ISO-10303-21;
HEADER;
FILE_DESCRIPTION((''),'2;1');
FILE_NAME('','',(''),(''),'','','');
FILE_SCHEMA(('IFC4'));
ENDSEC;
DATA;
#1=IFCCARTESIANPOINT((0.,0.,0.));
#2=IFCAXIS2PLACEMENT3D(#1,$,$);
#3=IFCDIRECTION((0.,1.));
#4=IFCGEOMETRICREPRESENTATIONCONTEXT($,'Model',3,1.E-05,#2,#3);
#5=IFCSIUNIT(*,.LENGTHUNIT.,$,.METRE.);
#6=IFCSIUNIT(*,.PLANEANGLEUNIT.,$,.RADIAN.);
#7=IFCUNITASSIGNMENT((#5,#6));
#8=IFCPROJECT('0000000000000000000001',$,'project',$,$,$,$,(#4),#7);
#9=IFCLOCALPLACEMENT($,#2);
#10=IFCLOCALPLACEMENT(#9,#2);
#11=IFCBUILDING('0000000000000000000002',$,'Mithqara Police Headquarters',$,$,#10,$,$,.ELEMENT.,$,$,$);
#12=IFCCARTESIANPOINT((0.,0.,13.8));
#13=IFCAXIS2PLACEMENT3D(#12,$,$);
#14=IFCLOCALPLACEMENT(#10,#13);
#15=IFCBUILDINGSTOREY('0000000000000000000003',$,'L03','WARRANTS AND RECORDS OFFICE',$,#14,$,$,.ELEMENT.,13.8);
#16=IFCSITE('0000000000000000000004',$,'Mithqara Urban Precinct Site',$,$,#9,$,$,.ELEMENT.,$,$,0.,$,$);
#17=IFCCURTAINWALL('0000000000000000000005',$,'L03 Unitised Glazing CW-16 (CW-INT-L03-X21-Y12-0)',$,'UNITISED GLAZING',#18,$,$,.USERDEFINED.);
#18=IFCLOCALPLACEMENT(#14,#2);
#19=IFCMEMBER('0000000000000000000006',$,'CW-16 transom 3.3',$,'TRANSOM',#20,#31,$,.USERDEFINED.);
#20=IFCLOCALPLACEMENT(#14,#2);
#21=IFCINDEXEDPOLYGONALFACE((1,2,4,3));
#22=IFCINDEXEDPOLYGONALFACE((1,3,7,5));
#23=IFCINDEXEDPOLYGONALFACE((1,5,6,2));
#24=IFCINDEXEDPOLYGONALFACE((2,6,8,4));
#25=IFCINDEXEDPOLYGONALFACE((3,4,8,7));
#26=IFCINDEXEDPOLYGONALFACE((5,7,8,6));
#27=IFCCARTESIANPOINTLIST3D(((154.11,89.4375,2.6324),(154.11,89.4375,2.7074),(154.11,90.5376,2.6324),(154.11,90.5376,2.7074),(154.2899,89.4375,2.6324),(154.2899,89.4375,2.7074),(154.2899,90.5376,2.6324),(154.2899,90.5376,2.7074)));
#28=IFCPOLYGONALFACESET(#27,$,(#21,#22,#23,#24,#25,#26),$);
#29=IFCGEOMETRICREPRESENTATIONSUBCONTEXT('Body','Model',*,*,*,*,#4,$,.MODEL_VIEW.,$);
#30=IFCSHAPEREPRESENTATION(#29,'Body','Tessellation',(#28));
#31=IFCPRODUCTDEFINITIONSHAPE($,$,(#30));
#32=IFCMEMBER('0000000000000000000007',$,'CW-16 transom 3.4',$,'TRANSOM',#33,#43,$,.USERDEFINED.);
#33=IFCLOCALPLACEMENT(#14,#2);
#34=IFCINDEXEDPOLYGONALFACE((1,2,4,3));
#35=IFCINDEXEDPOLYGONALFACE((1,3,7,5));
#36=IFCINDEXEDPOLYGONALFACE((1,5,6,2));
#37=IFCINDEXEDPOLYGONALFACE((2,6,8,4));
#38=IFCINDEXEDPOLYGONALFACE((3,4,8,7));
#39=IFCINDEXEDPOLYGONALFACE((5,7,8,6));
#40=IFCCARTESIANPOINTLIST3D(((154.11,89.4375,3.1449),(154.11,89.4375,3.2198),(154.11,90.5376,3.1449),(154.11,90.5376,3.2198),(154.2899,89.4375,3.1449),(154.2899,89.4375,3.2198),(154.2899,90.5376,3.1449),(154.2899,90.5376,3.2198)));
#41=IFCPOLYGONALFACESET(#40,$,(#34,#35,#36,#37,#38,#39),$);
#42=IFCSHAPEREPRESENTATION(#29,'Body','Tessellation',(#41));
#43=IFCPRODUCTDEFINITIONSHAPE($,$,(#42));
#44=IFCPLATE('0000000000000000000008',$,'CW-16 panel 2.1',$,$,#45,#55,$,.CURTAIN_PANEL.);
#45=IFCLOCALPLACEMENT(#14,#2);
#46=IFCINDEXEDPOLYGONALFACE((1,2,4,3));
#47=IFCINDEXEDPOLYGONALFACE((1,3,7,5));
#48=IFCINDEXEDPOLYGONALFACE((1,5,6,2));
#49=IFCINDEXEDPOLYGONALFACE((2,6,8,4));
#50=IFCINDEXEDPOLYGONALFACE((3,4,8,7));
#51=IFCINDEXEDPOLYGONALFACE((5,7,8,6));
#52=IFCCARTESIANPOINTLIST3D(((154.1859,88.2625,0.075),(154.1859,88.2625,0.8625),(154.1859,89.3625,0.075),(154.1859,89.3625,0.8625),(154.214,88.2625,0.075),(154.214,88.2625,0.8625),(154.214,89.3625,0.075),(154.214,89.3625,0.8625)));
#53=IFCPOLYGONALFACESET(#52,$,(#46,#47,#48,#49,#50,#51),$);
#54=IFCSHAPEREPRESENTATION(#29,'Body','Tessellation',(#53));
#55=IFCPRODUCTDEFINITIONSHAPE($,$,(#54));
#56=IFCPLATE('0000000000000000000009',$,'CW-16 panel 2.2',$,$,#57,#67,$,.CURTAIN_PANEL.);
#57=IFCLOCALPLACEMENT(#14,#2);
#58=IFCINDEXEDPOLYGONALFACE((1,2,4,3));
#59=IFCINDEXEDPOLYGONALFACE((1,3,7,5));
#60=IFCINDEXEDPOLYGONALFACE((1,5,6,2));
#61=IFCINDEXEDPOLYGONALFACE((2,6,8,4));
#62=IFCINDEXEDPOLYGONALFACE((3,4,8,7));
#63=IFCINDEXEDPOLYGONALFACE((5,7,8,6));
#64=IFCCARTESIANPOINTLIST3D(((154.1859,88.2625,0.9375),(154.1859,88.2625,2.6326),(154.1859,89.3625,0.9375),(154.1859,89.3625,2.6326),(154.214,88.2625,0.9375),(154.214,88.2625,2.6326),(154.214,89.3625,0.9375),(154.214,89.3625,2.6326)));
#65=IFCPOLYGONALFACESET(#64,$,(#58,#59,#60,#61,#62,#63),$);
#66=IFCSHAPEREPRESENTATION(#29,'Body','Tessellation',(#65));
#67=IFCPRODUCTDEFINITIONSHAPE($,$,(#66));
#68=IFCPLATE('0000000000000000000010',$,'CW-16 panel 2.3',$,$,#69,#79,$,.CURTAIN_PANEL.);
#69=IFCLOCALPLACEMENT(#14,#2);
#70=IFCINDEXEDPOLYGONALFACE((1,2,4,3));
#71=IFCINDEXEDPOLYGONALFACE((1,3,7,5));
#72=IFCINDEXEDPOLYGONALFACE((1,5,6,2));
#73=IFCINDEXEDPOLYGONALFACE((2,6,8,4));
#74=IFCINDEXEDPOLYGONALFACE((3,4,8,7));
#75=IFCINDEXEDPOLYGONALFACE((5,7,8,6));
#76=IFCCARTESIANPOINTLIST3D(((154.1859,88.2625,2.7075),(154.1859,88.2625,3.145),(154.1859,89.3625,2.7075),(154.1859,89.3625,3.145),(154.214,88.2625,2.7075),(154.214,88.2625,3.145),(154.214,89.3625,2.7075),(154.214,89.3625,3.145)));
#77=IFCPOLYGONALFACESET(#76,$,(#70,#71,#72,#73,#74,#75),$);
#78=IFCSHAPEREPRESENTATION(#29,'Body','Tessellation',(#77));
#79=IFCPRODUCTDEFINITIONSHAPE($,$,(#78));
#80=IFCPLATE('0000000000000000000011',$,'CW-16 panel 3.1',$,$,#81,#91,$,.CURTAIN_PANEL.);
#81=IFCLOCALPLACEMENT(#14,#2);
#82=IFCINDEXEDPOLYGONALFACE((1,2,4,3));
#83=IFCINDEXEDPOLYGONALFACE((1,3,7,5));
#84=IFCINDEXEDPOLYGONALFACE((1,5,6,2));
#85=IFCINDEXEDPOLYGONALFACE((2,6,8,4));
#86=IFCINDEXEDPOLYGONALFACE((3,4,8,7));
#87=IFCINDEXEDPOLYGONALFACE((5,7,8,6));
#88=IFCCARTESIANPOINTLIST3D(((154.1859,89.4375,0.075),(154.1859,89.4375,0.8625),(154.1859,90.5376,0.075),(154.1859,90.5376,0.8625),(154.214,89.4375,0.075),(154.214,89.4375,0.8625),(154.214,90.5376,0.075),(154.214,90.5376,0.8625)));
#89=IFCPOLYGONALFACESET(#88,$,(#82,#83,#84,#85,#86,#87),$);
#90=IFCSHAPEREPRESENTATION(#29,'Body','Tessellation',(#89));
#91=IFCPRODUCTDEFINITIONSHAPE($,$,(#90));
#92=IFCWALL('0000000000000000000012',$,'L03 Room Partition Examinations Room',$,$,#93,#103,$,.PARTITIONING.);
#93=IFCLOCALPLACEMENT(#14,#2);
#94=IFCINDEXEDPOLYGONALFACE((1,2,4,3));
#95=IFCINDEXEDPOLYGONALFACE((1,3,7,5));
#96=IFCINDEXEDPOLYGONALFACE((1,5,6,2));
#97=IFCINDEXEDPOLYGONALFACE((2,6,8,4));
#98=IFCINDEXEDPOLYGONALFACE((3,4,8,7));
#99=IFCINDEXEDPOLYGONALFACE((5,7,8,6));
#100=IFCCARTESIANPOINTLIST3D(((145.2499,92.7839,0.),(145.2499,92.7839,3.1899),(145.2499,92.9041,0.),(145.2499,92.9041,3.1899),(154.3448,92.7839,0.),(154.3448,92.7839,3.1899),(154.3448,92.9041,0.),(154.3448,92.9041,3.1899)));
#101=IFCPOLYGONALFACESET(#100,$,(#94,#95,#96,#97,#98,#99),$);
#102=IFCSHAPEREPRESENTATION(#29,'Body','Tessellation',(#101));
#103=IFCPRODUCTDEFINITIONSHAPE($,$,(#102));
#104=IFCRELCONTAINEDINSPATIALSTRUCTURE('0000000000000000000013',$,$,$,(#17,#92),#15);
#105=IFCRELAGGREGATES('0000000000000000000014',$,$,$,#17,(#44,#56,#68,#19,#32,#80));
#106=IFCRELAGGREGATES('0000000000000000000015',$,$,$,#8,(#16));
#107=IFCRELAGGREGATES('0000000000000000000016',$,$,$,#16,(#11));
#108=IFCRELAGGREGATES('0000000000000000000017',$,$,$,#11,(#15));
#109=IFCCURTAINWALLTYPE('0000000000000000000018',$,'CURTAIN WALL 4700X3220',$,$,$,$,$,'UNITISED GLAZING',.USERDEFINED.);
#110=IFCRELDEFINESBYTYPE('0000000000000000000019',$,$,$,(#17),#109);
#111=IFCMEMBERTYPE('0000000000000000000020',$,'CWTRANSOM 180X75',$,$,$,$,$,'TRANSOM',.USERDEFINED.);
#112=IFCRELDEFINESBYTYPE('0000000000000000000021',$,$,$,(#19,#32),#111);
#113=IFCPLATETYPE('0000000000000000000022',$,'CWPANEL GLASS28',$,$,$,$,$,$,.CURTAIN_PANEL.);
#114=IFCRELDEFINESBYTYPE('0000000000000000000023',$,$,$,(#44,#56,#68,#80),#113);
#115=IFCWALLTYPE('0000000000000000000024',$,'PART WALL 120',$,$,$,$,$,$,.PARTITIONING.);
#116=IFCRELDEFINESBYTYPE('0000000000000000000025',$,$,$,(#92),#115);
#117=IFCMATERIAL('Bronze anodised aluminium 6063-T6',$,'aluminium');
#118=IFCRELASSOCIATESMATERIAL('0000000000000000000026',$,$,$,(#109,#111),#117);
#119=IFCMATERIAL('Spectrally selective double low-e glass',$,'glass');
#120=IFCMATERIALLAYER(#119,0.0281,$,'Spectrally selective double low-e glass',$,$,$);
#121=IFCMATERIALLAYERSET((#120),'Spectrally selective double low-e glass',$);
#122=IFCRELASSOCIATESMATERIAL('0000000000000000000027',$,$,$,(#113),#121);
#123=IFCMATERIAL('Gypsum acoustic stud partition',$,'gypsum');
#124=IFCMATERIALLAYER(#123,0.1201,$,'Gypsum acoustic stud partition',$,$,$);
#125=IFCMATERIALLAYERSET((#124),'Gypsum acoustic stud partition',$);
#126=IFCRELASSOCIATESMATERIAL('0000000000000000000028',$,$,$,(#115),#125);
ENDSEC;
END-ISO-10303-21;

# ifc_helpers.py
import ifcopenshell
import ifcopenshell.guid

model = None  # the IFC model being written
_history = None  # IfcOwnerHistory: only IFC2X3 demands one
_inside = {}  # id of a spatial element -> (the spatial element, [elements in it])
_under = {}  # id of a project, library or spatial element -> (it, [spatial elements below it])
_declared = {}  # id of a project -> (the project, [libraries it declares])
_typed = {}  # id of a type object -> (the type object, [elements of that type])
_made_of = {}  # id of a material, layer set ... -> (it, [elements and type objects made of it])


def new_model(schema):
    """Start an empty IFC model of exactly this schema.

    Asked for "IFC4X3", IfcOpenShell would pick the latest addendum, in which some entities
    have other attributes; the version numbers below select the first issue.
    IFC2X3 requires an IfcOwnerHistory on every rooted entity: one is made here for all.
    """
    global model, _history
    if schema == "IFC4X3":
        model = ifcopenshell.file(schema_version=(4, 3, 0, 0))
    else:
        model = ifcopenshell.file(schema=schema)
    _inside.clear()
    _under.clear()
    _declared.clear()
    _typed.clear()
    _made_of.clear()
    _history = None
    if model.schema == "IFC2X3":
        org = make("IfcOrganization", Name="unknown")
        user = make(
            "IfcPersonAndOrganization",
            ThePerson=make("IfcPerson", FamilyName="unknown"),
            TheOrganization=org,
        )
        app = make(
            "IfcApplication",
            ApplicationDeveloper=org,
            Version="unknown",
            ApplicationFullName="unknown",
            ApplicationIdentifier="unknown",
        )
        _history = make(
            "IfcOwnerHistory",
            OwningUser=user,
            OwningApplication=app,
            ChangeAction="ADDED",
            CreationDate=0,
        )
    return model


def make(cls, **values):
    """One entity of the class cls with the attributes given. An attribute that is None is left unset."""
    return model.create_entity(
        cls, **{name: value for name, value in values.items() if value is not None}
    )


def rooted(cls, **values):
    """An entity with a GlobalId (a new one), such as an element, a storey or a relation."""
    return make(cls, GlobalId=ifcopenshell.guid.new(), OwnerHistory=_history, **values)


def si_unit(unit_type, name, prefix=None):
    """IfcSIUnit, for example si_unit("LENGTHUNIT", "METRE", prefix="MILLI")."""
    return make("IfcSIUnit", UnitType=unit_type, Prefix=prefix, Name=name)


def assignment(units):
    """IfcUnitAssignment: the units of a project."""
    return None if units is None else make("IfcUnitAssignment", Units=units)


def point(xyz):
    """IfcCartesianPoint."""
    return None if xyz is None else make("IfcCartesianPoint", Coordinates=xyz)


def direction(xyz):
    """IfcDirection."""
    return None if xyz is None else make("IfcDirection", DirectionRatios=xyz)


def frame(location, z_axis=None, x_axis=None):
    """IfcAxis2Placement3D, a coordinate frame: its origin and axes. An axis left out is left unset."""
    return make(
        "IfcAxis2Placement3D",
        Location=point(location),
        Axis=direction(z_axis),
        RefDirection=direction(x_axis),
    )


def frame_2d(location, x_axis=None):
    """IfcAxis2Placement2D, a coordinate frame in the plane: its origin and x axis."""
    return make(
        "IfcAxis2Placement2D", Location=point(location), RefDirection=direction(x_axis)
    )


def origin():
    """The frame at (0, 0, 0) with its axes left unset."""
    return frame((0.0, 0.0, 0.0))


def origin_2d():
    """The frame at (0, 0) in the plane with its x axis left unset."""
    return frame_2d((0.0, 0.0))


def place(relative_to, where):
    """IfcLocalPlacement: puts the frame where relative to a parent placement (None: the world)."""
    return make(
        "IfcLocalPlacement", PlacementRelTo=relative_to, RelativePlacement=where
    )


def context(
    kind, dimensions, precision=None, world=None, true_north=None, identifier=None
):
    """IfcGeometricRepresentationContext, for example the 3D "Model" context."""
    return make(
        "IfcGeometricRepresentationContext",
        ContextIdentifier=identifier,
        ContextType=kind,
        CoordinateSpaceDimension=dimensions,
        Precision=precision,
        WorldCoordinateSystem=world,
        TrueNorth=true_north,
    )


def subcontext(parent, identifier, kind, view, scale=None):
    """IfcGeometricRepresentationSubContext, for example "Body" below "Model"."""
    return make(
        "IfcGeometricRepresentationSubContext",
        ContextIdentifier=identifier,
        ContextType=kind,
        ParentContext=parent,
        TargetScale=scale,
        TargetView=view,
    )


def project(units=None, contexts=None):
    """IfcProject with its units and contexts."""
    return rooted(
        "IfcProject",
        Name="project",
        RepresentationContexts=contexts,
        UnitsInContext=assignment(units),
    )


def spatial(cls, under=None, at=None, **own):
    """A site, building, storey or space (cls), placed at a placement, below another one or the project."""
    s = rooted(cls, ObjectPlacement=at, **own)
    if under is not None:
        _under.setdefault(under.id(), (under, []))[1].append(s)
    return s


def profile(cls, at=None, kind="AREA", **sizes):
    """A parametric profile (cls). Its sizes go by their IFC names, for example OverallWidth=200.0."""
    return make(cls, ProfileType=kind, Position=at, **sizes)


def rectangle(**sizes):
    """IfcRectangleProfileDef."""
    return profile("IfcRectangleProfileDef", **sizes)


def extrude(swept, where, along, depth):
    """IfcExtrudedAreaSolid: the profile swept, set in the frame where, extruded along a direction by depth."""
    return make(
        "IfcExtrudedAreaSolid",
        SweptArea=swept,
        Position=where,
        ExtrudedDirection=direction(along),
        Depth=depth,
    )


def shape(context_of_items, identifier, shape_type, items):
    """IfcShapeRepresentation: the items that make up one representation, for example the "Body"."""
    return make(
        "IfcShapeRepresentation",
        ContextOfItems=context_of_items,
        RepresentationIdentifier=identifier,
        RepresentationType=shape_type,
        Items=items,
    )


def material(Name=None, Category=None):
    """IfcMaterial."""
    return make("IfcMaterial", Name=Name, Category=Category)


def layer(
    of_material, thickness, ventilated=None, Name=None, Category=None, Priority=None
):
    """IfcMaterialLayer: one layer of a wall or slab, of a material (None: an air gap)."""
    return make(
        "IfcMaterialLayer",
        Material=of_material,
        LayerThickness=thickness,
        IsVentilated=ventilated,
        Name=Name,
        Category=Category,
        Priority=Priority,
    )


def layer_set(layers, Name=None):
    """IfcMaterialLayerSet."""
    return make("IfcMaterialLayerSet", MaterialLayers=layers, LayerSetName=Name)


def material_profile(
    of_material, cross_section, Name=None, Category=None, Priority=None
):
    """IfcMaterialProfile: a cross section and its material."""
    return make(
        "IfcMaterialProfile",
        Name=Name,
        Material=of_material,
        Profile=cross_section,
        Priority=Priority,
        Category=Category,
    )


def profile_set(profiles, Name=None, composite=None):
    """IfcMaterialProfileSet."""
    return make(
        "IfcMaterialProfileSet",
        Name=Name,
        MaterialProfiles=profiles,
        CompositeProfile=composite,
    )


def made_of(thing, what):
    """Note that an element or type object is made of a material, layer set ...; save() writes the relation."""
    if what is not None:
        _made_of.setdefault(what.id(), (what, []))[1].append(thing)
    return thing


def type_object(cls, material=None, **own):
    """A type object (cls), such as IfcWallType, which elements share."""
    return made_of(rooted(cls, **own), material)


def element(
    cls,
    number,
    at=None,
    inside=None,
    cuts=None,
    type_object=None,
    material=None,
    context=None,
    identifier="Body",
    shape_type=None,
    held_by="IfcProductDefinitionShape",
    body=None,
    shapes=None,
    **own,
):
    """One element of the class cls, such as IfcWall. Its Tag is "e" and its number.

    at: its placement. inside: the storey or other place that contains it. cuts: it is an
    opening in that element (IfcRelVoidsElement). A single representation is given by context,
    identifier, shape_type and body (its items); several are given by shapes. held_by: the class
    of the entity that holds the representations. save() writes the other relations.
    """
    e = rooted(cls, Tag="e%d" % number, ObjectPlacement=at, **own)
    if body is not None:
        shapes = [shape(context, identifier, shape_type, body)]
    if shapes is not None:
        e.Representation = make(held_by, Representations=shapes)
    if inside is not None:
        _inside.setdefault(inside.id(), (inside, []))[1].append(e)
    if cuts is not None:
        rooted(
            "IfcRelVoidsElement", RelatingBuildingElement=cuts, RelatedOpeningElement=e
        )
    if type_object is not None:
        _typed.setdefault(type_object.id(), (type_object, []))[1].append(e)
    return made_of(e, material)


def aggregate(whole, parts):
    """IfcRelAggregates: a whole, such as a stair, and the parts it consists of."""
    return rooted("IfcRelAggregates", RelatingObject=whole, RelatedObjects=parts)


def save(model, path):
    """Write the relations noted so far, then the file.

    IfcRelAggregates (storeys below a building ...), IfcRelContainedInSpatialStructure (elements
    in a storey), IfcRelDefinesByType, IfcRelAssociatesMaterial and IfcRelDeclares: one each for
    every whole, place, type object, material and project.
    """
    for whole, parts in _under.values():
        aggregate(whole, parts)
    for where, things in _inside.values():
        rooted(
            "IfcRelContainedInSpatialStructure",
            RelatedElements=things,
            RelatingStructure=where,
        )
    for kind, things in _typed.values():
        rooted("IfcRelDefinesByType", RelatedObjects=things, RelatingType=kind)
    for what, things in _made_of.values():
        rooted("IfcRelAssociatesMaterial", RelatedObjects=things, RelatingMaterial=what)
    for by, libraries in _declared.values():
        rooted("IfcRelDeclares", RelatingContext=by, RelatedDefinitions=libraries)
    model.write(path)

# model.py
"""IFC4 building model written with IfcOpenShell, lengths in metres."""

from ifc_helpers import new_model, si_unit, direction, frame, frame_2d, origin, origin_2d, place, context, subcontext, project, spatial, rectangle, extrude, material, layer, layer_set, material_profile, profile_set, type_object, element, aggregate, save


model = new_model("IFC4")

# Units and contexts
model_context = context("Model", 3, precision=1e-05, world=origin(), true_north=direction((0.0, 1.0)))
body_context = subcontext(model_context, "Body", "Model", "MODEL_VIEW")
ifc_project = project(units=[si_unit("LENGTHUNIT", "METRE"), si_unit("PLANEANGLEUNIT", "RADIAN")], contexts=[model_context])

# Site, building, storey
site_placement = place(None, origin())
site = spatial("IfcSite", under=ifc_project, at=site_placement, Name="Mithqara Urban Precinct Site", CompositionType="ELEMENT", RefElevation=0.0)
building_placement = place(site_placement, origin())
building = spatial("IfcBuilding", under=site, at=building_placement, Name="Mithqara Police Headquarters", CompositionType="ELEMENT")
storey_placement = place(building_placement, frame((0.0, 0.0, 13.8)))
storey = spatial("IfcBuildingStorey", under=building, at=storey_placement, Name="L03", Description="WARRANTS AND RECORDS OFFICE", CompositionType="ELEMENT", Elevation=13.8)

# Curtain wall, members, plates
ifc_material_1 = material(Name="Bronze anodised aluminium 6063-T6", Category="aluminium")
curtain_wall_type = type_object("IfcCurtainWallType", Name="CURTAIN WALL 4700X3220", ElementType="UNITISED GLAZING", PredefinedType="USERDEFINED", material=ifc_material_1)
curtain_wall_placement = place(storey_placement, origin())
curtain_wall = element("IfcCurtainWall", 1, at=curtain_wall_placement, inside=storey, type_object=curtain_wall_type, Name="L03 Unitised Glazing CW-16 (CW-INT-L03-X21-Y12-0)", ObjectType="UNITISED GLAZING", PredefinedType="USERDEFINED")
ifc_material_profile_1 = material_profile(ifc_material_1, rectangle(XDim=0.1799, YDim=0.075, at=origin_2d()), Name="CWT 180x75")
ifc_profile_set_1 = profile_set([ifc_material_profile_1], Name="Bronze anodised aluminium 6063-T6")
member_type_1 = type_object("IfcMemberType", Name="CWTRANSOM 180X75", ElementType="TRANSOM", PredefinedType="USERDEFINED", material=ifc_profile_set_1)
member_1_placement = place(storey_placement, frame((154.2, 89.4375, 2.6699), z_axis=(0.0, 1.0, 0.0), x_axis=(-1.0, 0.0, 0.0)))
member_1 = element("IfcMember", 2, at=member_1_placement, type_object=member_type_1, Name="CW-16 transom 3.3", ObjectType="TRANSOM", PredefinedType="USERDEFINED", context=body_context, shape_type="SweptSolid", body=[
    extrude(rectangle(XDim=0.1799, YDim=0.075, at=origin_2d()), origin(), (0.0, 0.0, 1.0), 1.1001),
])
member_2_placement = place(storey_placement, frame((154.2, 89.4375, 3.1824), z_axis=(0.0, 1.0, 0.0), x_axis=(-1.0, 0.0, 0.0)))
member_2 = element("IfcMember", 3, at=member_2_placement, type_object=member_type_1, Name="CW-16 transom 3.4", ObjectType="TRANSOM", PredefinedType="USERDEFINED", context=body_context, shape_type="SweptSolid", body=[
    extrude(rectangle(XDim=0.1799, YDim=0.075, at=origin_2d()), origin(), (0.0, 0.0, 1.0), 1.1001),
])
ifc_material_2 = material(Name="Spectrally selective double low-e glass", Category="glass")
ifc_layer_1 = layer(ifc_material_2, 0.0281, Name="Spectrally selective double low-e glass")
ifc_layer_set_1 = layer_set([ifc_layer_1], Name="Spectrally selective double low-e glass")
plate_type = type_object("IfcPlateType", Name="CWPANEL GLASS28", PredefinedType="CURTAIN_PANEL", material=ifc_layer_set_1)
plate_1_placement = place(storey_placement, frame((154.2, 88.8125, 0.075), z_axis=(0.0, 0.0, 1.0), x_axis=(0.0, 1.0, 0.0)))
plate_1 = element("IfcPlate", 4, at=plate_1_placement, type_object=plate_type, Name="CW-16 panel 2.1", PredefinedType="CURTAIN_PANEL", context=body_context, shape_type="SweptSolid", body=[
    extrude(rectangle(XDim=1.1001, YDim=0.0281, at=origin_2d()), origin(), (0.0, 0.0, 1.0), 0.7876),
])
plate_2_placement = place(storey_placement, frame((154.2, 88.8125, 0.9375), z_axis=(0.0, 0.0, 1.0), x_axis=(0.0, 1.0, 0.0)))
plate_2 = element("IfcPlate", 5, at=plate_2_placement, type_object=plate_type, Name="CW-16 panel 2.2", PredefinedType="CURTAIN_PANEL", context=body_context, shape_type="SweptSolid", body=[
    extrude(rectangle(XDim=1.1001, YDim=0.0281, at=origin_2d()), origin(), (0.0, 0.0, 1.0), 1.6951),
])
plate_3_placement = place(storey_placement, frame((154.2, 88.8125, 2.7075), z_axis=(0.0, 0.0, 1.0), x_axis=(0.0, 1.0, 0.0)))
plate_3 = element("IfcPlate", 6, at=plate_3_placement, type_object=plate_type, Name="CW-16 panel 2.3", PredefinedType="CURTAIN_PANEL", context=body_context, shape_type="SweptSolid", body=[
    extrude(rectangle(XDim=1.1001, YDim=0.0281, at=origin_2d()), origin(), (0.0, 0.0, 1.0), 0.4375),
])
plate_4_placement = place(storey_placement, frame((154.2, 89.9875, 0.075), z_axis=(0.0, 0.0, 1.0), x_axis=(0.0, 1.0, 0.0)))
plate_4 = element("IfcPlate", 7, at=plate_4_placement, type_object=plate_type, Name="CW-16 panel 3.1", PredefinedType="CURTAIN_PANEL", context=body_context, shape_type="SweptSolid", body=[
    extrude(rectangle(XDim=1.1001, YDim=0.0281, at=origin_2d()), origin(), (0.0, 0.0, 1.0), 0.7876),
])
aggregate(curtain_wall, [plate_1, plate_2, plate_3, member_1, member_2, plate_4])

# Wall
ifc_material_3 = material(Name="Gypsum acoustic stud partition", Category="gypsum")
ifc_layer_2 = layer(ifc_material_3, 0.1201, Name="Gypsum acoustic stud partition")
ifc_layer_set_2 = layer_set([ifc_layer_2], Name="Gypsum acoustic stud partition")
wall_type = type_object("IfcWallType", Name="PART WALL 120", PredefinedType="PARTITIONING", material=ifc_layer_set_2)
wall_placement = place(storey_placement, frame((145.25, 92.844, 0.0), z_axis=(0.0, 0.0, 1.0), x_axis=(1.0, 0.0, 0.0)))
element("IfcWall", 8, at=wall_placement, inside=storey, type_object=wall_type, Name="L03 Room Partition Examinations Room", PredefinedType="PARTITIONING", context=body_context, shape_type="SweptSolid", body=[
    extrude(rectangle(XDim=9.095, YDim=0.1201, at=frame_2d((4.5474, 0.0))), origin(), (0.0, 0.0, 1.0), 3.1899),
])

save(model, "model.ifc")
